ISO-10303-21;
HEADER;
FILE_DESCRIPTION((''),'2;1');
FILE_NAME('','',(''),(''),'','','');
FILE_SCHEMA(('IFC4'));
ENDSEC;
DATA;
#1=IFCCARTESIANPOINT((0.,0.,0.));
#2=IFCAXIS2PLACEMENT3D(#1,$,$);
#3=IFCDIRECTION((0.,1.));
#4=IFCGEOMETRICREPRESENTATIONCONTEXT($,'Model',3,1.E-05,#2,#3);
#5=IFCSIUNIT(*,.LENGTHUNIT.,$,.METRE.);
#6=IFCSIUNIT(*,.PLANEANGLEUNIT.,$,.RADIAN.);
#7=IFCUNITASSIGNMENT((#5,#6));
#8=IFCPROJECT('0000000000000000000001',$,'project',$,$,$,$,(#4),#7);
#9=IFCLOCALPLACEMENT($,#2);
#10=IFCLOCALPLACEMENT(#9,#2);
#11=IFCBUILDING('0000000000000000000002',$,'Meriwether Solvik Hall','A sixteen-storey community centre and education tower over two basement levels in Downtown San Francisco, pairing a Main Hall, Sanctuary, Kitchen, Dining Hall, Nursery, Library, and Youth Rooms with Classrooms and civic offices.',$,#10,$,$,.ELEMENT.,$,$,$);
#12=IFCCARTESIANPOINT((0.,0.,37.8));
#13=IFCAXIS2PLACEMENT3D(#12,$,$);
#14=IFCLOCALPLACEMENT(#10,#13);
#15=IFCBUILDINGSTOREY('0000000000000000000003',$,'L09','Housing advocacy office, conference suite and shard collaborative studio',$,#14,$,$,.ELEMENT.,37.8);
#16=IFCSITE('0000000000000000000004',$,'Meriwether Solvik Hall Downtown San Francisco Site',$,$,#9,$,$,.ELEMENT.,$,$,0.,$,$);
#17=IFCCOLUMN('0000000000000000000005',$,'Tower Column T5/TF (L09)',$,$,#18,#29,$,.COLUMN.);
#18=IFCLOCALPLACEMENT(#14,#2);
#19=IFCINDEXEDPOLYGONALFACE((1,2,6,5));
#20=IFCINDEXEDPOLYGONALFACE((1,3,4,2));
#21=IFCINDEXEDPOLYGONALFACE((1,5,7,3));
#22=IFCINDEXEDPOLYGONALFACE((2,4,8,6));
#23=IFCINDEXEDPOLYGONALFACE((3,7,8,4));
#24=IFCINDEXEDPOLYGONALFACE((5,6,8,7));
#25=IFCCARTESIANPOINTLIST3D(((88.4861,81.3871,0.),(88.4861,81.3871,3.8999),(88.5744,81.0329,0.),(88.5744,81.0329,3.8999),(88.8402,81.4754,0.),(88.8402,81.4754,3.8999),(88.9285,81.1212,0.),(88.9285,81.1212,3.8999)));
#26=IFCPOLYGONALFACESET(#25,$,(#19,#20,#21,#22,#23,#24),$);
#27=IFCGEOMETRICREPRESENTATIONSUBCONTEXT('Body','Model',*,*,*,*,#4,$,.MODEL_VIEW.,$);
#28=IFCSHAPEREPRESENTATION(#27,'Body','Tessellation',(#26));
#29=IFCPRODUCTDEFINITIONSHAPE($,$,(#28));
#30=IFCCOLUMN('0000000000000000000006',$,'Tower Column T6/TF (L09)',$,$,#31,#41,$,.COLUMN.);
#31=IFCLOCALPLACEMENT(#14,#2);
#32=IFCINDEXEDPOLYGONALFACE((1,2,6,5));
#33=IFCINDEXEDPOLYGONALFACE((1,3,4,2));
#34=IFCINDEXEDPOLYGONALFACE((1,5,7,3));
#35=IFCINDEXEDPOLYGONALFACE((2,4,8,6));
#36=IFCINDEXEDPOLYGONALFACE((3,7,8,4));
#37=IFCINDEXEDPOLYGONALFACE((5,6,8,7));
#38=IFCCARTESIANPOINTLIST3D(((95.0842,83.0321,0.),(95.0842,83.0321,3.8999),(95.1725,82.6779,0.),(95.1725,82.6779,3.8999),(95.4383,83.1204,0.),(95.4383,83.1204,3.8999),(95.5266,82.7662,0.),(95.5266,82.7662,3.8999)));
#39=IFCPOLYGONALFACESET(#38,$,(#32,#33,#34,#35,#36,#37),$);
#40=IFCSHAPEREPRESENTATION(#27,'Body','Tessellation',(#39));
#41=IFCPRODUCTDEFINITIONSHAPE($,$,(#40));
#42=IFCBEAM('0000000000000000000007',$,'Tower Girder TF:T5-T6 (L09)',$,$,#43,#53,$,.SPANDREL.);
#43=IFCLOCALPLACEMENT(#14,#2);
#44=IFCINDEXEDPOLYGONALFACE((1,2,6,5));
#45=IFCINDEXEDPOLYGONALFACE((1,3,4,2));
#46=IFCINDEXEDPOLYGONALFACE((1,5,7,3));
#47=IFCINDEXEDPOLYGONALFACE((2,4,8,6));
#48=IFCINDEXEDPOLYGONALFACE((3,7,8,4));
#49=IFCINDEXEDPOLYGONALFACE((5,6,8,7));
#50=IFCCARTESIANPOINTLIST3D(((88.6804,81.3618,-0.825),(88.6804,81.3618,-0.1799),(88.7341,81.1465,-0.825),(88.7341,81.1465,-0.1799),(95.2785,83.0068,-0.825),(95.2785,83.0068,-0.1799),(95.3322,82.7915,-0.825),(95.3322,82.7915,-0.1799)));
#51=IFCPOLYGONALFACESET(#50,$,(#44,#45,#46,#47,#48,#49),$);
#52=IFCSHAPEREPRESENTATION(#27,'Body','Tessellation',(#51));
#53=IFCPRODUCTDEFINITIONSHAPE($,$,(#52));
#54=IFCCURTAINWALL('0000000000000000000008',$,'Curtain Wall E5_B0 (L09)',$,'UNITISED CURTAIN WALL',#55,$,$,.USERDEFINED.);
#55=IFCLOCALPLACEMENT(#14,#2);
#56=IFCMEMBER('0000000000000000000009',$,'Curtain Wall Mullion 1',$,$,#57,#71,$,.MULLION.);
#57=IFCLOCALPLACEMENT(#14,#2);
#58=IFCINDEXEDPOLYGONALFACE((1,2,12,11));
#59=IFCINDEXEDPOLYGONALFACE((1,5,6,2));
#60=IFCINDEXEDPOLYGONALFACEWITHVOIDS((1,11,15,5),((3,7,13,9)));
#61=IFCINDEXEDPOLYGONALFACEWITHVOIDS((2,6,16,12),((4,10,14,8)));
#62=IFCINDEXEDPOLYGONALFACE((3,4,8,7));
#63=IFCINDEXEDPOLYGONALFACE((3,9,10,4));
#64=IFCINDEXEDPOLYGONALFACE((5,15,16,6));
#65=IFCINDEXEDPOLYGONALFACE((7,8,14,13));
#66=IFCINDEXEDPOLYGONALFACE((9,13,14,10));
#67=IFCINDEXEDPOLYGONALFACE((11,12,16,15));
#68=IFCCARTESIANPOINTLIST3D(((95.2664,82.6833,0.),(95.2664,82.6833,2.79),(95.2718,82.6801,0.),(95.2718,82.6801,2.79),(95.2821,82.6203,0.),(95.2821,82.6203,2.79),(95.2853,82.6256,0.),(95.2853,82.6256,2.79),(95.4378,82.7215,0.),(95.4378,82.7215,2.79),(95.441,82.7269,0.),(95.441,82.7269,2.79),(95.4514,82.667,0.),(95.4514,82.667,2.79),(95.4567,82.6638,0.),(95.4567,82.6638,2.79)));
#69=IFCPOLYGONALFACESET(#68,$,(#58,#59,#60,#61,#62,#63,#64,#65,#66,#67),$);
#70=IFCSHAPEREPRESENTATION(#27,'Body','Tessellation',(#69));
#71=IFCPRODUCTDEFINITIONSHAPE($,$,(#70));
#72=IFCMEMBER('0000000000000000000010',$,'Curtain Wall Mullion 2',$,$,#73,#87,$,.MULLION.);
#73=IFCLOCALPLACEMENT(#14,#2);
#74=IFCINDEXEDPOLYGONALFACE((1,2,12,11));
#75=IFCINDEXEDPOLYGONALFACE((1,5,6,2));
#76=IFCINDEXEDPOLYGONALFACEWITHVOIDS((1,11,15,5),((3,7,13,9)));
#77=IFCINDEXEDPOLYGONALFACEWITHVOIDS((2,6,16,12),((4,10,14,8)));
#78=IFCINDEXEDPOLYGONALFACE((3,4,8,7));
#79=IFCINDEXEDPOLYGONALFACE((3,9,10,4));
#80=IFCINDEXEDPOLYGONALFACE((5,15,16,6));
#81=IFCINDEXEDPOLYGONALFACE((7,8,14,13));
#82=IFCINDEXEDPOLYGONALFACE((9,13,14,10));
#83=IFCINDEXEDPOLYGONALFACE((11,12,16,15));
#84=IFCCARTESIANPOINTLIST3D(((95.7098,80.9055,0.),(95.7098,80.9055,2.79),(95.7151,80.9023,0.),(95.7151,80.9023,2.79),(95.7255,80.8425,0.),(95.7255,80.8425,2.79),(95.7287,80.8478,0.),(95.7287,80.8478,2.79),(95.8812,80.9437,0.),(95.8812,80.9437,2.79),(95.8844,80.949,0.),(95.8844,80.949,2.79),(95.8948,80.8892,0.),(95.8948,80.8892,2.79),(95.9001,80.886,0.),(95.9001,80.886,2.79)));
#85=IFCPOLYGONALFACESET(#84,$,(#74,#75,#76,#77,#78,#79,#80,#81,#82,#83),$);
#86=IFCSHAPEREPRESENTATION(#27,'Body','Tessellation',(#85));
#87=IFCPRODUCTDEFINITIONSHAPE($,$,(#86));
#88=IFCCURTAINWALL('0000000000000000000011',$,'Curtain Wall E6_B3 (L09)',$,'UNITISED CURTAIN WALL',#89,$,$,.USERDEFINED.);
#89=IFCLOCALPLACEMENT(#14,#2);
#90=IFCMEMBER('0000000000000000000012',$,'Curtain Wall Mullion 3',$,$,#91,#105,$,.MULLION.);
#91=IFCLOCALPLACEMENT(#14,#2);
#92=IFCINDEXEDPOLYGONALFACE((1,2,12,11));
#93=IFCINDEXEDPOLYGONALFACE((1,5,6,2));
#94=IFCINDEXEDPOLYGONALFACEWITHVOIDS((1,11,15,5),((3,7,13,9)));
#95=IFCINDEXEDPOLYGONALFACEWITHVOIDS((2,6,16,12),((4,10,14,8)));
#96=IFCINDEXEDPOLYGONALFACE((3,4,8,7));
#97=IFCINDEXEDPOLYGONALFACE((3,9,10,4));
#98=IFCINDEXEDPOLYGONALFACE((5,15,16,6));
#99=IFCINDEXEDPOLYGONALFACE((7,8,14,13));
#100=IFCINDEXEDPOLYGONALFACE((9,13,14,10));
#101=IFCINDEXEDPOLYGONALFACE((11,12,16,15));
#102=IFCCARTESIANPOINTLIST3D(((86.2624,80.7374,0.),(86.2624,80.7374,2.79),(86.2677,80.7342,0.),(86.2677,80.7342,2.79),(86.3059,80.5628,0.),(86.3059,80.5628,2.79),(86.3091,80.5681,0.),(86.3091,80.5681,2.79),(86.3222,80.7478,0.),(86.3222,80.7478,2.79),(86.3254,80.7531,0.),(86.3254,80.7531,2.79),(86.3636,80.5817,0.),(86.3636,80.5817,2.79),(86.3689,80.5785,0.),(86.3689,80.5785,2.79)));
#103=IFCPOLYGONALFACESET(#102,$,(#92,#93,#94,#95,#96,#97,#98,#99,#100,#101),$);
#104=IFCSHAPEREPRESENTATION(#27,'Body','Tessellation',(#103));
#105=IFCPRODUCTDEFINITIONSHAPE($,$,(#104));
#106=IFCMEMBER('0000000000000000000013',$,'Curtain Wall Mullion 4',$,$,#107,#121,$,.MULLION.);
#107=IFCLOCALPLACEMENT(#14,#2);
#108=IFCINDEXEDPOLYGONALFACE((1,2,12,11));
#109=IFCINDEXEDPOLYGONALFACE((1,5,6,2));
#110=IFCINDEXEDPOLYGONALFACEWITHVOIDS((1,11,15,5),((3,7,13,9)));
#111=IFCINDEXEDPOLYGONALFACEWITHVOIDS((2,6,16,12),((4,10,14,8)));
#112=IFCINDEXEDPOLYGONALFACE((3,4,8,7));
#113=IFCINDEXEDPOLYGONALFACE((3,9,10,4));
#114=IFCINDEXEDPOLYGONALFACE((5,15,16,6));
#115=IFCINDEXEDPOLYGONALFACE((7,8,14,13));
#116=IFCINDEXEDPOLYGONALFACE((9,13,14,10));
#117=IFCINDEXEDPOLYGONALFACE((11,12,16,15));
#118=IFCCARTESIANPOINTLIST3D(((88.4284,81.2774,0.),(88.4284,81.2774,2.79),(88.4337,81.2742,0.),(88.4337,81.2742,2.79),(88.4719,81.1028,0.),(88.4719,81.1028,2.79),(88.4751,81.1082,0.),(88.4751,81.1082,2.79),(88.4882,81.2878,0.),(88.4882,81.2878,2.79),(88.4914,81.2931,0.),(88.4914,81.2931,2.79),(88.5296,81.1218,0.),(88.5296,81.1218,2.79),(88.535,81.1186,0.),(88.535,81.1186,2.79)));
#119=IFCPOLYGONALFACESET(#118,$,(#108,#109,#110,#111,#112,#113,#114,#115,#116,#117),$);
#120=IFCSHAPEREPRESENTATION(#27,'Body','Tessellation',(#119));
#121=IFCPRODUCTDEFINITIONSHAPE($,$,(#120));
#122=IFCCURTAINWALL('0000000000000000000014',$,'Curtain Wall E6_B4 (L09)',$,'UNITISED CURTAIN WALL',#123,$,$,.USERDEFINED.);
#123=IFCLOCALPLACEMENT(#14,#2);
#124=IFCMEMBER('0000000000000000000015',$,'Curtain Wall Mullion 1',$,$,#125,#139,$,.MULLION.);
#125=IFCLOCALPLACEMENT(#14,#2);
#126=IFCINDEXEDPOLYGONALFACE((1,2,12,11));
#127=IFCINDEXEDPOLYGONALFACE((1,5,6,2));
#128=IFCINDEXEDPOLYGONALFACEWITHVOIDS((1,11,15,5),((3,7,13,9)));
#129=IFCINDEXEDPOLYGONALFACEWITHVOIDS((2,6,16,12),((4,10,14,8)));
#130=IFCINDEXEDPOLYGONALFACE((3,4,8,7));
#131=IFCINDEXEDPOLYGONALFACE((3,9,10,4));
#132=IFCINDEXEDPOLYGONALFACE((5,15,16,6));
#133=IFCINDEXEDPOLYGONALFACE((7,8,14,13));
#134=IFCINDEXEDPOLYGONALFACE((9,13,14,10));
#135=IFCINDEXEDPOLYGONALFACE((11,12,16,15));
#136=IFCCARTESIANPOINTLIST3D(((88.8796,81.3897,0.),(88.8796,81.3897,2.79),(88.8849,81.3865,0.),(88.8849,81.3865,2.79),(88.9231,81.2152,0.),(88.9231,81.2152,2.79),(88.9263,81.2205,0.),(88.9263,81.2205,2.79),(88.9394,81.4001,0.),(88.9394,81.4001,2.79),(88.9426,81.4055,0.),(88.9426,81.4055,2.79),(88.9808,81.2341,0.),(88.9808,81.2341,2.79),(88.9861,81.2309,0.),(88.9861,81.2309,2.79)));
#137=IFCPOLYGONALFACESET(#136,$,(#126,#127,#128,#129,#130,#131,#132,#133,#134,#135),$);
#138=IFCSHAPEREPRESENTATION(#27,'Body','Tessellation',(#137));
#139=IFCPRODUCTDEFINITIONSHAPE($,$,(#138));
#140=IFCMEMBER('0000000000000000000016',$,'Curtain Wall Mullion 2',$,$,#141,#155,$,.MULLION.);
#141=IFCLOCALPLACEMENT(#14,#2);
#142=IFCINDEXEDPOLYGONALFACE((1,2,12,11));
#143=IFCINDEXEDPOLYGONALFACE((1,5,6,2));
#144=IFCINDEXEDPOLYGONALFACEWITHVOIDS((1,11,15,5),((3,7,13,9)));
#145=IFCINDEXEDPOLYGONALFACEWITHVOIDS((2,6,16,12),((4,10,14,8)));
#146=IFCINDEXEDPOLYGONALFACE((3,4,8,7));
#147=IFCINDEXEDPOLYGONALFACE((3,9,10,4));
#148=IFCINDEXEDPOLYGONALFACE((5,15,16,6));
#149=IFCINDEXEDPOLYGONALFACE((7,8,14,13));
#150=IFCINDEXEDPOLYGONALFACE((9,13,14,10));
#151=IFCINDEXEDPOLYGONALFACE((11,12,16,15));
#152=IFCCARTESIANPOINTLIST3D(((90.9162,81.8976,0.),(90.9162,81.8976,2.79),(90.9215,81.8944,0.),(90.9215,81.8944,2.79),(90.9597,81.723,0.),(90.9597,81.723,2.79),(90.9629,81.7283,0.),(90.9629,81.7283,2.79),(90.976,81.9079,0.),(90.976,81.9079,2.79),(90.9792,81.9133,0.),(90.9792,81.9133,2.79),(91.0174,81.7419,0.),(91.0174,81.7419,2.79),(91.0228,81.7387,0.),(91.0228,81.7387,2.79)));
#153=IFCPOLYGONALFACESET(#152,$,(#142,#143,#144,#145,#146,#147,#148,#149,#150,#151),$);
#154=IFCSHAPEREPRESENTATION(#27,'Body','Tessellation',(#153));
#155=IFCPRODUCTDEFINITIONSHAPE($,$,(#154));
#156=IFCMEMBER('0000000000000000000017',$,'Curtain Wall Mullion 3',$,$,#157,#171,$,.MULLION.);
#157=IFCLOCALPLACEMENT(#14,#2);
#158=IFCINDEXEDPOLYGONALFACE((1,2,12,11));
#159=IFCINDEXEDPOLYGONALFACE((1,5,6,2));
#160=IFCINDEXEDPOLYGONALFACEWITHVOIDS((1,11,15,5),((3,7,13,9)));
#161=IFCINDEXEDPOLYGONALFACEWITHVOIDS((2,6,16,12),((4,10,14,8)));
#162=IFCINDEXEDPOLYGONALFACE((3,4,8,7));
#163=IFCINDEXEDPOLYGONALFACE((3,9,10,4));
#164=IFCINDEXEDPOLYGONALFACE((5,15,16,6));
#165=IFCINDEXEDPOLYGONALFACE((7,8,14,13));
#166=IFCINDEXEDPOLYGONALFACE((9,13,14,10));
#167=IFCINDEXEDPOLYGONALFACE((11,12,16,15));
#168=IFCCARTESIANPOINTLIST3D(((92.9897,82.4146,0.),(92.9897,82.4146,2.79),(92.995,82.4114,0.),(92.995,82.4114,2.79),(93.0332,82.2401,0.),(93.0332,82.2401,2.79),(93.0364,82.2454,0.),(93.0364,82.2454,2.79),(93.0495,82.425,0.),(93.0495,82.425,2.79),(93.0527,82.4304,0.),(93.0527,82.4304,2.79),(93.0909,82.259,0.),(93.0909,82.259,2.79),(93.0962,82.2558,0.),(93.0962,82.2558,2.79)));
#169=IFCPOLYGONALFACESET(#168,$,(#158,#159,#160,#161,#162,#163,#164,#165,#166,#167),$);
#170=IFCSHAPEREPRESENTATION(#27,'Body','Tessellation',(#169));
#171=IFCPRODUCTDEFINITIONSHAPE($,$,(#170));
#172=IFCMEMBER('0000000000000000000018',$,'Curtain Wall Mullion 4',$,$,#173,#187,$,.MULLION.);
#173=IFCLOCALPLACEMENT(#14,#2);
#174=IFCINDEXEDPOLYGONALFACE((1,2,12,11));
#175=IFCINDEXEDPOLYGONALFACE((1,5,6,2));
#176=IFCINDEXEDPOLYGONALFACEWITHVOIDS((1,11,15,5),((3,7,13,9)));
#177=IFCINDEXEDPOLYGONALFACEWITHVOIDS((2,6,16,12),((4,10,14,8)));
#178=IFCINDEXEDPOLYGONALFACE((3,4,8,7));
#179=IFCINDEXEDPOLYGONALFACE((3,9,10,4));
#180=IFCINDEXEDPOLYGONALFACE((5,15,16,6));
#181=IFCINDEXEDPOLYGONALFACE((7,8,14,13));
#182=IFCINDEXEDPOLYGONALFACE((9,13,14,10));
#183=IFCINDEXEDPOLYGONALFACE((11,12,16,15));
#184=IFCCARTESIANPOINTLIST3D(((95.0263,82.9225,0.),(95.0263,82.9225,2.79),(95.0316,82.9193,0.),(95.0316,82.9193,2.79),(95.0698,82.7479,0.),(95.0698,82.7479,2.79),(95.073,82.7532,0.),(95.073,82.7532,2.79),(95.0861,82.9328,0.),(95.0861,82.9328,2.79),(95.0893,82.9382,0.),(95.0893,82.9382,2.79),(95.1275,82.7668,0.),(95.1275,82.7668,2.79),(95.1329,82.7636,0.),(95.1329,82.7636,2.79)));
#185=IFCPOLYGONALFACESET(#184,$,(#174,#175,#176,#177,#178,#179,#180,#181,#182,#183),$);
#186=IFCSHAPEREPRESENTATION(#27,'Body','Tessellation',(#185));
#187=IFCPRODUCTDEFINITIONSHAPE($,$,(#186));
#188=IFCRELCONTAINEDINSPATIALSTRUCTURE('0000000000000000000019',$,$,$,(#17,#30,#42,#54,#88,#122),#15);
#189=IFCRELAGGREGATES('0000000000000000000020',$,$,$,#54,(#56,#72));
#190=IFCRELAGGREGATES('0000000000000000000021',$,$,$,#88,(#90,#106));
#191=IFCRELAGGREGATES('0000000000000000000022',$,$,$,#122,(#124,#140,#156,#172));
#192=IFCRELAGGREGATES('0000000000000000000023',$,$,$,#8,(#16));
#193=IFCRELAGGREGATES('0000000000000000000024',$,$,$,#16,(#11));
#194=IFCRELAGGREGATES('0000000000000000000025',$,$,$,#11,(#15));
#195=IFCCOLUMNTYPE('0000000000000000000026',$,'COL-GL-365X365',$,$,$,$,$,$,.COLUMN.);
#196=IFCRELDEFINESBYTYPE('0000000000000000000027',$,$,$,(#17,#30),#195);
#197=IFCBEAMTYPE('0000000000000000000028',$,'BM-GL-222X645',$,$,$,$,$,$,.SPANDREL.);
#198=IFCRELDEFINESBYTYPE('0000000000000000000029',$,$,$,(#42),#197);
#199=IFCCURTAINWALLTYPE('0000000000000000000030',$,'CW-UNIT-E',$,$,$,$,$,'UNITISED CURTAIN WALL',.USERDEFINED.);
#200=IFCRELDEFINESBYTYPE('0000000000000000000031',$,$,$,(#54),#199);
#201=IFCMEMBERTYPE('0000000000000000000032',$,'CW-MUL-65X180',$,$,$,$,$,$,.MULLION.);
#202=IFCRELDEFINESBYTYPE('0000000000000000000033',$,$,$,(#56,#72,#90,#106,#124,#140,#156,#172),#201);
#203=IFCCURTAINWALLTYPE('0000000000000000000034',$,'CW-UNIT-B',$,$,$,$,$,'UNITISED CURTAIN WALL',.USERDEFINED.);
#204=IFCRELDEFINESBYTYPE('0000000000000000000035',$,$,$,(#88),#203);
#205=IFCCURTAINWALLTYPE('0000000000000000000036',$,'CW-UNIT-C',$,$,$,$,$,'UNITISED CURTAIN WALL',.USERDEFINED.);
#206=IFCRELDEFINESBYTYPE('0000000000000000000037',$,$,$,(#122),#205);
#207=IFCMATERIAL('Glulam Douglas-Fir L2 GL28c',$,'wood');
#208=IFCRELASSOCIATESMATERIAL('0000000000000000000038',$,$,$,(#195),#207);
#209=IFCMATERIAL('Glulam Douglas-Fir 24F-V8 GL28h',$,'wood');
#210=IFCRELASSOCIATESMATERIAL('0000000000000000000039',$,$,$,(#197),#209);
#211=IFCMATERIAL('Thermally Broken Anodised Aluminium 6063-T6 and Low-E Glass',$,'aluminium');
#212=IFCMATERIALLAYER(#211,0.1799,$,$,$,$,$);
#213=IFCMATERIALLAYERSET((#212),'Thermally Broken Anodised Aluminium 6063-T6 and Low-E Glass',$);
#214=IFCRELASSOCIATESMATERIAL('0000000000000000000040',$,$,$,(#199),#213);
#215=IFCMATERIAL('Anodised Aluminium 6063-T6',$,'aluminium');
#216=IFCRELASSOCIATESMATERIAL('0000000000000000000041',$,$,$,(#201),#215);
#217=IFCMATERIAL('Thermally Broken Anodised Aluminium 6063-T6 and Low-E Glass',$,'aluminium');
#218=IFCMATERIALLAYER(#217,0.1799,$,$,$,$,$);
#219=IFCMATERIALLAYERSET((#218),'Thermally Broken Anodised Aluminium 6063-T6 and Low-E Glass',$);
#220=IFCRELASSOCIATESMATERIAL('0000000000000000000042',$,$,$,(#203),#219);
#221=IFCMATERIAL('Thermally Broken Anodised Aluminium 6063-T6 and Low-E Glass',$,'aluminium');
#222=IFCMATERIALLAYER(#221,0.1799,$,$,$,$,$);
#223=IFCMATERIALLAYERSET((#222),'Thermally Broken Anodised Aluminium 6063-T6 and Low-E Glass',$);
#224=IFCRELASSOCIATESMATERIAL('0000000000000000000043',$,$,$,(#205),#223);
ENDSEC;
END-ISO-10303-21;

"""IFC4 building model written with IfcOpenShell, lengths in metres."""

from ifc_helpers import new_model, si_unit, direction, frame, origin, origin_2d, place, context, subcontext, project, spatial, rectangle, hollow_rectangle, extrude, material, layer, layer_set, material_profile, profile_set, type_object, element, aggregate, save


model = new_model("IFC4")

# Units and contexts
model_context = context("Model", 3, precision=1e-05, world=origin(), true_north=direction((0.0, 1.0)))
body_context = subcontext(model_context, "Body", "Model", "MODEL_VIEW")
ifc_project = project(units=[si_unit("LENGTHUNIT", "METRE"), si_unit("PLANEANGLEUNIT", "RADIAN")], contexts=[model_context])

# Site, building, storey
site_placement = place(None, origin())
site = spatial("IfcSite", under=ifc_project, at=site_placement, Name="Meriwether Solvik Hall Downtown San Francisco Site", CompositionType="ELEMENT", RefElevation=0.0)
building_placement = place(site_placement, origin())
building = spatial("IfcBuilding", under=site, at=building_placement, Name="Meriwether Solvik Hall", Description="A sixteen-storey community centre and education tower over two basement levels in Downtown San Francisco, pairing a Main Hall, Sanctuary, Kitchen, Dining Hall, Nursery, Library, and Youth Rooms with Classrooms and civic offices.", CompositionType="ELEMENT")
storey_placement = place(building_placement, frame((0.0, 0.0, 37.8)))
storey = spatial("IfcBuildingStorey", under=building, at=storey_placement, Name="L09", Description="Housing advocacy office, conference suite and shard collaborative studio", CompositionType="ELEMENT", Elevation=37.8)

# Columns
ifc_material_1 = material(Name="Glulam Douglas-Fir L2 GL28c", Category="wood")
ifc_material_profile_1 = material_profile(ifc_material_1, rectangle(XDim=0.365, YDim=0.365, at=origin_2d()), Name="GLC-365X365")
ifc_profile_set_1 = profile_set([ifc_material_profile_1], Name="Glulam Douglas-Fir L2 GL28c")
column_type = type_object("IfcColumnType", Name="COL-GL-365X365", PredefinedType="COLUMN", material=ifc_profile_set_1)
for number, where, z_axis, x_axis, name in (
    (1, (88.7073, 81.2542, 0.0), (0.0, 0.0, 1.0), (0.970296, 0.241922, 0.0), "Tower Column T5/TF (L09)"),
    (2, (95.3054, 82.8992, 0.0), (0.0, 0.0, 1.0), (0.970296, 0.241922, 0.0), "Tower Column T6/TF (L09)"),
):
    element("IfcColumn", number, at=place(storey_placement, frame(where, z_axis=z_axis, x_axis=x_axis)), inside=storey, type_object=column_type, Name=name, PredefinedType="COLUMN", context=body_context, shape_type="SweptSolid", body=[
        extrude(rectangle(XDim=0.365, YDim=0.365, at=origin_2d()), origin(), (0.0, 0.0, 1.0), 3.8999),
    ])

# Beam
ifc_material_2 = material(Name="Glulam Douglas-Fir 24F-V8 GL28h", Category="wood")
ifc_material_profile_2 = material_profile(ifc_material_2, rectangle(XDim=0.2219, YDim=0.645, at=origin_2d()), Name="GLB-222X645")
ifc_profile_set_2 = profile_set([ifc_material_profile_2], Name="Glulam Douglas-Fir 24F-V8 GL28h")
beam_type = type_object("IfcBeamType", Name="BM-GL-222X645", PredefinedType="SPANDREL", material=ifc_profile_set_2)
beam_placement = place(storey_placement, frame((88.7073, 81.2542, -0.5024), z_axis=(0.970299, 0.24191, 0.0), x_axis=(-0.24191, 0.970299, 0.0)))
element("IfcBeam", 3, at=beam_placement, inside=storey, type_object=beam_type, Name="Tower Girder TF:T5-T6 (L09)", PredefinedType="SPANDREL", context=body_context, shape_type="SweptSolid", body=[
    extrude(rectangle(XDim=0.2219, YDim=0.645, at=origin_2d()), origin(), (0.0, 0.0, 1.0), 6.8),
])

# Curtain walls, members
ifc_material_3 = material(Name="Thermally Broken Anodised Aluminium 6063-T6 and Low-E Glass", Category="aluminium")
ifc_layer_1 = layer(ifc_material_3, 0.1799)
ifc_layer_set_1 = layer_set([ifc_layer_1], Name="Thermally Broken Anodised Aluminium 6063-T6 and Low-E Glass")
curtain_wall_type_1 = type_object("IfcCurtainWallType", Name="CW-UNIT-E", ElementType="UNITISED CURTAIN WALL", PredefinedType="USERDEFINED", material=ifc_layer_set_1)
curtain_wall_1_placement = place(storey_placement, origin())
curtain_wall_1 = element("IfcCurtainWall", 4, at=curtain_wall_1_placement, inside=storey, type_object=curtain_wall_type_1, Name="Curtain Wall E5_B0 (L09)", ObjectType="UNITISED CURTAIN WALL", PredefinedType="USERDEFINED")
ifc_material_4 = material(Name="Anodised Aluminium 6063-T6", Category="aluminium")
ifc_material_profile_3 = material_profile(ifc_material_4, hollow_rectangle(XDim=0.0649, YDim=0.1799, WallThickness=0.0044, at=origin_2d()), Name="CWM-65X180")
ifc_profile_set_3 = profile_set([ifc_material_profile_3], Name="Anodised Aluminium 6063-T6")
member_type_1 = type_object("IfcMemberType", Name="CW-MUL-65X180", PredefinedType="MULLION", material=ifc_profile_set_3)
member_1_placement = place(storey_placement, frame((95.3616, 82.6736, 0.0), z_axis=(0.0, 0.0, 1.0), x_axis=(0.241922, -0.970296, 0.0)))
member_1 = element("IfcMember", 5, at=member_1_placement, type_object=member_type_1, Name="Curtain Wall Mullion 1", PredefinedType="MULLION", context=body_context, shape_type="SweptSolid", body=[
    extrude(hollow_rectangle(XDim=0.0649, YDim=0.1799, WallThickness=0.0044, at=origin_2d()), origin(), (0.0, 0.0, 1.0), 2.79),
])
member_2_placement = place(storey_placement, frame((95.8049, 80.8958, 0.0), z_axis=(0.0, 0.0, 1.0), x_axis=(0.241922, -0.970296, 0.0)))
member_2 = element("IfcMember", 6, at=member_2_placement, type_object=member_type_1, Name="Curtain Wall Mullion 2", PredefinedType="MULLION", context=body_context, shape_type="SweptSolid", body=[
    extrude(hollow_rectangle(XDim=0.0649, YDim=0.1799, WallThickness=0.0044, at=origin_2d()), origin(), (0.0, 0.0, 1.0), 2.79),
])
ifc_material_5 = material(Name="Thermally Broken Anodised Aluminium 6063-T6 and Low-E Glass", Category="aluminium")
ifc_layer_2 = layer(ifc_material_5, 0.1799)
ifc_layer_set_2 = layer_set([ifc_layer_2], Name="Thermally Broken Anodised Aluminium 6063-T6 and Low-E Glass")
curtain_wall_type_2 = type_object("IfcCurtainWallType", Name="CW-UNIT-B", ElementType="UNITISED CURTAIN WALL", PredefinedType="USERDEFINED", material=ifc_layer_set_2)
curtain_wall_2_placement = place(storey_placement, origin())
curtain_wall_2 = element("IfcCurtainWall", 7, at=curtain_wall_2_placement, inside=storey, type_object=curtain_wall_type_2, Name="Curtain Wall E6_B3 (L09)", ObjectType="UNITISED CURTAIN WALL", PredefinedType="USERDEFINED")
member_3_placement = place(storey_placement, frame((86.3157, 80.658, 0.0), z_axis=(0.0, 0.0, 1.0), x_axis=(0.970296, 0.241922, 0.0)))
member_3 = element("IfcMember", 8, at=member_3_placement, type_object=member_type_1, Name="Curtain Wall Mullion 3", PredefinedType="MULLION", context=body_context, shape_type="SweptSolid", body=[
    extrude(hollow_rectangle(XDim=0.0649, YDim=0.1799, WallThickness=0.0044, at=origin_2d()), origin(), (0.0, 0.0, 1.0), 2.79),
])
member_4_placement = place(storey_placement, frame((88.4817, 81.198, 0.0), z_axis=(0.0, 0.0, 1.0), x_axis=(0.970296, 0.241922, 0.0)))
member_4 = element("IfcMember", 9, at=member_4_placement, type_object=member_type_1, Name="Curtain Wall Mullion 4", PredefinedType="MULLION", context=body_context, shape_type="SweptSolid", body=[
    extrude(hollow_rectangle(XDim=0.0649, YDim=0.1799, WallThickness=0.0044, at=origin_2d()), origin(), (0.0, 0.0, 1.0), 2.79),
])
ifc_material_6 = material(Name="Thermally Broken Anodised Aluminium 6063-T6 and Low-E Glass", Category="aluminium")
ifc_layer_3 = layer(ifc_material_6, 0.1799)
ifc_layer_set_3 = layer_set([ifc_layer_3], Name="Thermally Broken Anodised Aluminium 6063-T6 and Low-E Glass")
curtain_wall_type_3 = type_object("IfcCurtainWallType", Name="CW-UNIT-C", ElementType="UNITISED CURTAIN WALL", PredefinedType="USERDEFINED", material=ifc_layer_set_3)
curtain_wall_3_placement = place(storey_placement, origin())
curtain_wall_3 = element("IfcCurtainWall", 10, at=curtain_wall_3_placement, inside=storey, type_object=curtain_wall_type_3, Name="Curtain Wall E6_B4 (L09)", ObjectType="UNITISED CURTAIN WALL", PredefinedType="USERDEFINED")
member_5_placement = place(storey_placement, frame((88.9329, 81.3103, 0.0), z_axis=(0.0, 0.0, 1.0), x_axis=(0.970296, 0.241922, 0.0)))
member_5 = element("IfcMember", 11, at=member_5_placement, type_object=member_type_1, Name="Curtain Wall Mullion 1", PredefinedType="MULLION", context=body_context, shape_type="SweptSolid", body=[
    extrude(hollow_rectangle(XDim=0.0649, YDim=0.1799, WallThickness=0.0044, at=origin_2d()), origin(), (0.0, 0.0, 1.0), 2.79),
])
member_6_placement = place(storey_placement, frame((90.9695, 81.8181, 0.0), z_axis=(0.0, 0.0, 1.0), x_axis=(0.970296, 0.241922, 0.0)))
member_6 = element("IfcMember", 12, at=member_6_placement, type_object=member_type_1, Name="Curtain Wall Mullion 2", PredefinedType="MULLION", context=body_context, shape_type="SweptSolid", body=[
    extrude(hollow_rectangle(XDim=0.0649, YDim=0.1799, WallThickness=0.0044, at=origin_2d()), origin(), (0.0, 0.0, 1.0), 2.79),
])
member_7_placement = place(storey_placement, frame((93.043, 82.3352, 0.0), z_axis=(0.0, 0.0, 1.0), x_axis=(0.970296, 0.241922, 0.0)))
member_7 = element("IfcMember", 13, at=member_7_placement, type_object=member_type_1, Name="Curtain Wall Mullion 3", PredefinedType="MULLION", context=body_context, shape_type="SweptSolid", body=[
    extrude(hollow_rectangle(XDim=0.0649, YDim=0.1799, WallThickness=0.0044, at=origin_2d()), origin(), (0.0, 0.0, 1.0), 2.79),
])
member_8_placement = place(storey_placement, frame((95.0796, 82.843, 0.0), z_axis=(0.0, 0.0, 1.0), x_axis=(0.970296, 0.241922, 0.0)))
member_8 = element("IfcMember", 14, at=member_8_placement, type_object=member_type_1, Name="Curtain Wall Mullion 4", PredefinedType="MULLION", context=body_context, shape_type="SweptSolid", body=[
    extrude(hollow_rectangle(XDim=0.0649, YDim=0.1799, WallThickness=0.0044, at=origin_2d()), origin(), (0.0, 0.0, 1.0), 2.79),
])

aggregate(curtain_wall_1, [member_1, member_2])
aggregate(curtain_wall_2, [member_3, member_4])
aggregate(curtain_wall_3, [member_5, member_6, member_7, member_8])

save(model, "model.ifc")
